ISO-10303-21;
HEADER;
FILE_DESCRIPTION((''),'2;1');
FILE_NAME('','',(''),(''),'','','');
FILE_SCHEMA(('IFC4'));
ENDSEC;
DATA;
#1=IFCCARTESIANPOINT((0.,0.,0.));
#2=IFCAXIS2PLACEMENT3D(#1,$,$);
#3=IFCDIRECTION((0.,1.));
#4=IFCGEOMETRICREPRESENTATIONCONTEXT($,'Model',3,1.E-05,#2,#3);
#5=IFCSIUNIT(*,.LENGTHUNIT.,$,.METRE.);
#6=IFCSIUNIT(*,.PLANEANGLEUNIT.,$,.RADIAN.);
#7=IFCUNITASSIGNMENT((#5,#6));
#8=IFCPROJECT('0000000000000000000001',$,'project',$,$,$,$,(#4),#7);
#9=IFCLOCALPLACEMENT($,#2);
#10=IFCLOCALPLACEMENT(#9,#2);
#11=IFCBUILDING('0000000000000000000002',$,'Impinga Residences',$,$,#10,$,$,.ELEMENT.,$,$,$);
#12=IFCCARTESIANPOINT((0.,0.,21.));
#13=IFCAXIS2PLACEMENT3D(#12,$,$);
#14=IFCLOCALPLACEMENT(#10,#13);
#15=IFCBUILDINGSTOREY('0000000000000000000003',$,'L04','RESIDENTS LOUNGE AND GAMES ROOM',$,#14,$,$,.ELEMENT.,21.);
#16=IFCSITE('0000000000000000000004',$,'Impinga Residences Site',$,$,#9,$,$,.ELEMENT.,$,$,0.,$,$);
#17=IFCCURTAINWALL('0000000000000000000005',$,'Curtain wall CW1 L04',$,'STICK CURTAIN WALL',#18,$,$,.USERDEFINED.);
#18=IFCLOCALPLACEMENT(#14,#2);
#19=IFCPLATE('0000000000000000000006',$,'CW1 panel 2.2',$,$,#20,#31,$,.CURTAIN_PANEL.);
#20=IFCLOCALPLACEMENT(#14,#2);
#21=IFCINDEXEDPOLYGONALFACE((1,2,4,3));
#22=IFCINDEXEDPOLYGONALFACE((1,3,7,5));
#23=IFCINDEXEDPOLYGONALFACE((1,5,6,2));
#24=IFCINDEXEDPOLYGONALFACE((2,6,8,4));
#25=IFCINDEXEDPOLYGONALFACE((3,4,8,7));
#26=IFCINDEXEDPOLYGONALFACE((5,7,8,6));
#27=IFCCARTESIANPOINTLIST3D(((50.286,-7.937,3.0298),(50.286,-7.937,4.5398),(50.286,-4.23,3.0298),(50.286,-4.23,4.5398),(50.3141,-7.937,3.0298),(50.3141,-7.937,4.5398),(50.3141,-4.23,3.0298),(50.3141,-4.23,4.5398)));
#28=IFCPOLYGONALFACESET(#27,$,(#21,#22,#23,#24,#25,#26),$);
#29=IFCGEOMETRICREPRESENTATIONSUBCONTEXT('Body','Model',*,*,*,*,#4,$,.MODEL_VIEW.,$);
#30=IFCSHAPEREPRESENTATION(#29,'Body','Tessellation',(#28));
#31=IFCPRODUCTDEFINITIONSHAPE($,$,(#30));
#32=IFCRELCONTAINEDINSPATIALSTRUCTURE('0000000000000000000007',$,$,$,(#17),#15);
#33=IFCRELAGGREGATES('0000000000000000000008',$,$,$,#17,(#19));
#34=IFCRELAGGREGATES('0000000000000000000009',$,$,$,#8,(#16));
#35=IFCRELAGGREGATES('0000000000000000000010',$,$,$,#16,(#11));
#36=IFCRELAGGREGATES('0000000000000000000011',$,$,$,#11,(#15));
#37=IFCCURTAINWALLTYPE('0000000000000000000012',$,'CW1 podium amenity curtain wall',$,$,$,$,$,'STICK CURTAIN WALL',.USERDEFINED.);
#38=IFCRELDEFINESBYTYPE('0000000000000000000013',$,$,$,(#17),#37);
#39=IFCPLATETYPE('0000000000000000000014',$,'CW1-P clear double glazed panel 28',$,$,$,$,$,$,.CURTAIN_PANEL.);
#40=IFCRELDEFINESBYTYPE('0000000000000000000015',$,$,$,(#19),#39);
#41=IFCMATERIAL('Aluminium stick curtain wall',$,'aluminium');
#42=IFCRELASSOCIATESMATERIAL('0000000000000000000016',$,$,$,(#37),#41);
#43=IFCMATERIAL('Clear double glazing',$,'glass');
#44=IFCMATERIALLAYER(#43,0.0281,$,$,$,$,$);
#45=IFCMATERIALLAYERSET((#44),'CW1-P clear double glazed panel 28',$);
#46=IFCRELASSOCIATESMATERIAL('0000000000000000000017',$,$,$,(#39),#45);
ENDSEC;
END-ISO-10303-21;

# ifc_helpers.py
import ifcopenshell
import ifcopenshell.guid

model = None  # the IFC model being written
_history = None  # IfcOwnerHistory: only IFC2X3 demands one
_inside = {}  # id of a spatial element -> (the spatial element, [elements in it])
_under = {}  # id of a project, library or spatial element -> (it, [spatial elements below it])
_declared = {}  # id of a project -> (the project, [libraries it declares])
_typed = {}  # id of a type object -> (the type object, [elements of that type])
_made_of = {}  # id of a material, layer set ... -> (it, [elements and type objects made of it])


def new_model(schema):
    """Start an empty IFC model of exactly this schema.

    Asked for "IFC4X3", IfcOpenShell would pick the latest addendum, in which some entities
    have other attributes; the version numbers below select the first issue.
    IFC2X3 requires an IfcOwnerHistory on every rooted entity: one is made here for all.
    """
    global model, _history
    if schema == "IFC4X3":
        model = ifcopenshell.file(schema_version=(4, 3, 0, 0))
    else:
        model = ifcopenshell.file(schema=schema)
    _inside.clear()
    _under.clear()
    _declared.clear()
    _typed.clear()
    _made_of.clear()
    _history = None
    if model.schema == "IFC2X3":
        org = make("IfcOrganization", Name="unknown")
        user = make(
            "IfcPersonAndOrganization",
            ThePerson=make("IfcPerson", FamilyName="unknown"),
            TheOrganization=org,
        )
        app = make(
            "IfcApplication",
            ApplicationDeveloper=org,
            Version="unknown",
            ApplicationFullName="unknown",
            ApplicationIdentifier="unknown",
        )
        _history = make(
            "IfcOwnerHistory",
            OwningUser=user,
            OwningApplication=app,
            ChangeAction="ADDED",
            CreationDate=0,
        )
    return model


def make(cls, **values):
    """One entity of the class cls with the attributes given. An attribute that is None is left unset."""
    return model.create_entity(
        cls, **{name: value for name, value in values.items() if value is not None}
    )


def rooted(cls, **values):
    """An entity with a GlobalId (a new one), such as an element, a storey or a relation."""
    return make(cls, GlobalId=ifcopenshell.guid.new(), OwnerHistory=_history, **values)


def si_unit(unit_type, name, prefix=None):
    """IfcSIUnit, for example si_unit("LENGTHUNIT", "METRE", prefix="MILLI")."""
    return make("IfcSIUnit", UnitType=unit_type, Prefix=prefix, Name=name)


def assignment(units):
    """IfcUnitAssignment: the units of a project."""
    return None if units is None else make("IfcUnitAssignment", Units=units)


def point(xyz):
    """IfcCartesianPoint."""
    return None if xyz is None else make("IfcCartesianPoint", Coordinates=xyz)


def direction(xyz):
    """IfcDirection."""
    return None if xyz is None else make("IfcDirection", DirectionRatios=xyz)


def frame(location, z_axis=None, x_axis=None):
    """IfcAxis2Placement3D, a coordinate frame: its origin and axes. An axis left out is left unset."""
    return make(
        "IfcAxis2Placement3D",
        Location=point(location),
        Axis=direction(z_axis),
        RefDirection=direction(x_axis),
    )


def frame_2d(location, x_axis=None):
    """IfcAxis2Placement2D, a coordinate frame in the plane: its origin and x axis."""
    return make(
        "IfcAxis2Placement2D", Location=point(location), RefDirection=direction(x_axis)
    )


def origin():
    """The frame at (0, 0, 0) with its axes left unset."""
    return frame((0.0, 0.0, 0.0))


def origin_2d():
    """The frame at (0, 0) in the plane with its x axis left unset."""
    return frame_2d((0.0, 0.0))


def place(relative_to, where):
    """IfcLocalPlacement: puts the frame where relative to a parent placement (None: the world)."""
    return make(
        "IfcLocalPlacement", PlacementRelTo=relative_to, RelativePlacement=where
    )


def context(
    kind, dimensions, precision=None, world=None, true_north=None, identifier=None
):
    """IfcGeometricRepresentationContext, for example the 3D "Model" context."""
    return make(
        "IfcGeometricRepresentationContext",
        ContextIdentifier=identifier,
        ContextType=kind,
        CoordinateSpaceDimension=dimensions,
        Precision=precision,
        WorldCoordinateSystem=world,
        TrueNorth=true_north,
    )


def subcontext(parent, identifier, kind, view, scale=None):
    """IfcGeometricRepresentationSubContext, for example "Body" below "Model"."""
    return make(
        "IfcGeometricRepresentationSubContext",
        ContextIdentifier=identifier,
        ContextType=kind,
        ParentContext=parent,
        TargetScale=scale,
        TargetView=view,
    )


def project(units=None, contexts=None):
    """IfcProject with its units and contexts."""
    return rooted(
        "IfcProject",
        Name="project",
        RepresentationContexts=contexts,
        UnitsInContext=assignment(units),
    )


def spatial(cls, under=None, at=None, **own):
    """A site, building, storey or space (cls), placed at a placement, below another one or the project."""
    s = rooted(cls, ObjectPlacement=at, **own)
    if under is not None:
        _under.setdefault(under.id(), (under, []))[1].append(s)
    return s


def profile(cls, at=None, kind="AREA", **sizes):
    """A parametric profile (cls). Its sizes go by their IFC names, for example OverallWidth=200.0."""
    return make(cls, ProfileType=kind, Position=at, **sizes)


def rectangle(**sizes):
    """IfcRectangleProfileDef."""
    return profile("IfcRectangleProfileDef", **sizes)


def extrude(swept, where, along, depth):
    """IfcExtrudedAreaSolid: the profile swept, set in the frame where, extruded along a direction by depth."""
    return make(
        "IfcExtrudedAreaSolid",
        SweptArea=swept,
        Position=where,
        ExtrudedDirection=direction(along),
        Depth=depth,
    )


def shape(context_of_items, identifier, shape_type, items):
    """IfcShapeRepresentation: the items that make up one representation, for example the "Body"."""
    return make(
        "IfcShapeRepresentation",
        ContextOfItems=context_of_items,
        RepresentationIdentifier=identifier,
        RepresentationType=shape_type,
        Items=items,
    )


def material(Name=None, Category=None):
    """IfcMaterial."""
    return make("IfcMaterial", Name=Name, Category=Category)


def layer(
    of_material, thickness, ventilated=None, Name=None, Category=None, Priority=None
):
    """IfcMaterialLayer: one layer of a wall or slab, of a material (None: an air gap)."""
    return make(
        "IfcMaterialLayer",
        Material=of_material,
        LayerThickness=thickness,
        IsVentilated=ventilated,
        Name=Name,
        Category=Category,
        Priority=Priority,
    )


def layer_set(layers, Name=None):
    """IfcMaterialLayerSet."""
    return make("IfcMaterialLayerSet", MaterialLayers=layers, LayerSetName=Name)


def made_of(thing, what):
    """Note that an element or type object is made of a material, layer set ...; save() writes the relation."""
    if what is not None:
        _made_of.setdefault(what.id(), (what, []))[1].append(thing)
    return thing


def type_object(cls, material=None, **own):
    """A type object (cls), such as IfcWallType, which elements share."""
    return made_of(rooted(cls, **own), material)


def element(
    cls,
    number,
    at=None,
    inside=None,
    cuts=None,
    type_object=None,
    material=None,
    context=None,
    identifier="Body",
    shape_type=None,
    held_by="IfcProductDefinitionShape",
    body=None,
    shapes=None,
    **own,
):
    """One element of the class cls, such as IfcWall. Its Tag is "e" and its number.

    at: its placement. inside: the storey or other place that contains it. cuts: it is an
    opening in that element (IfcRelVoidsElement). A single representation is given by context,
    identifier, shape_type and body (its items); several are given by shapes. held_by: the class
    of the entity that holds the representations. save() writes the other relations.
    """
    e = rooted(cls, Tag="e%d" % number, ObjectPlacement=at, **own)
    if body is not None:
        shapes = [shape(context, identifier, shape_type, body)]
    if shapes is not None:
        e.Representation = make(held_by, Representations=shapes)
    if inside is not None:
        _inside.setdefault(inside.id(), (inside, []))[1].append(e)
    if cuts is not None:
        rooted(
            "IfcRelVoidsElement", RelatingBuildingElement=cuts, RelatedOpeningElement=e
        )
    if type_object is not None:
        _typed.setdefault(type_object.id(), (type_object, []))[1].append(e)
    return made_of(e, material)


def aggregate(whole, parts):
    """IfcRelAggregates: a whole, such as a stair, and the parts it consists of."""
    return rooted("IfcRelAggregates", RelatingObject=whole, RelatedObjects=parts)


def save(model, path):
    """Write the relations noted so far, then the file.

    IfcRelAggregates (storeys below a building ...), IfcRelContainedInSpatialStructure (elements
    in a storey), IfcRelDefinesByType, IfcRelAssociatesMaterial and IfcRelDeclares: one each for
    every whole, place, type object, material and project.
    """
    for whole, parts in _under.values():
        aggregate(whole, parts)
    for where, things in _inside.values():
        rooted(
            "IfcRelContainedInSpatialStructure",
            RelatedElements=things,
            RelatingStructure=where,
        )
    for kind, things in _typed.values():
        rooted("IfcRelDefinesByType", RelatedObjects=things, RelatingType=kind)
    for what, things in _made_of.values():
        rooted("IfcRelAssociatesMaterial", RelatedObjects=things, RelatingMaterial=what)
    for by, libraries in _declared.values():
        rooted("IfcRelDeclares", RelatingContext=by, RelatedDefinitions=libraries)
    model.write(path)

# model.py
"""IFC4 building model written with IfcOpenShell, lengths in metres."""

from ifc_helpers import new_model, si_unit, direction, frame, origin, origin_2d, place, context, subcontext, project, spatial, rectangle, extrude, material, layer, layer_set, type_object, element, aggregate, save


model = new_model("IFC4")

# Units and contexts
model_context = context("Model", 3, precision=1e-05, world=origin(), true_north=direction((0.0, 1.0)))
body_context = subcontext(model_context, "Body", "Model", "MODEL_VIEW")
ifc_project = project(units=[si_unit("LENGTHUNIT", "METRE"), si_unit("PLANEANGLEUNIT", "RADIAN")], contexts=[model_context])

# Site, building, storey
site_placement = place(None, origin())
site = spatial("IfcSite", under=ifc_project, at=site_placement, Name="Impinga Residences Site", CompositionType="ELEMENT", RefElevation=0.0)
building_placement = place(site_placement, origin())
building = spatial("IfcBuilding", under=site, at=building_placement, Name="Impinga Residences", CompositionType="ELEMENT")
storey_placement = place(building_placement, frame((0.0, 0.0, 21.0)))
storey = spatial("IfcBuildingStorey", under=building, at=storey_placement, Name="L04", Description="RESIDENTS LOUNGE AND GAMES ROOM", CompositionType="ELEMENT", Elevation=21.0)

# Curtain wall
ifc_material_1 = material(Name="Aluminium stick curtain wall", Category="aluminium")
curtain_wall_type = type_object("IfcCurtainWallType", Name="CW1 podium amenity curtain wall", ElementType="STICK CURTAIN WALL", PredefinedType="USERDEFINED", material=ifc_material_1)
curtain_wall_1_placement = place(storey_placement, origin())
curtain_wall_1 = element("IfcCurtainWall", 1, at=curtain_wall_1_placement, inside=storey, type_object=curtain_wall_type, Name="Curtain wall CW1 L04", ObjectType="STICK CURTAIN WALL", PredefinedType="USERDEFINED")

# Plate
ifc_material_2 = material(Name="Clear double glazing", Category="glass")
ifc_layer = layer(ifc_material_2, 0.0281)
ifc_layer_set = layer_set([ifc_layer], Name="CW1-P clear double glazed panel 28")
plate_type = type_object("IfcPlateType", Name="CW1-P clear double glazed panel 28", PredefinedType="CURTAIN_PANEL", material=ifc_layer_set)
plate_1_placement = place(storey_placement, frame((50.3, -6.0835, 3.0298), z_axis=(0.0, 0.0, 1.0), x_axis=(0.0, -1.0, 0.0)))
plate_1 = element("IfcPlate", 2, at=plate_1_placement, type_object=plate_type, Name="CW1 panel 2.2", PredefinedType="CURTAIN_PANEL", context=body_context, shape_type="SweptSolid", body=[
    extrude(rectangle(XDim=3.707, YDim=0.0281, at=origin_2d()), origin(), (0.0, 0.0, 1.0), 1.51),
])
aggregate(curtain_wall_1, [plate_1])

save(model, "model.ifc")
